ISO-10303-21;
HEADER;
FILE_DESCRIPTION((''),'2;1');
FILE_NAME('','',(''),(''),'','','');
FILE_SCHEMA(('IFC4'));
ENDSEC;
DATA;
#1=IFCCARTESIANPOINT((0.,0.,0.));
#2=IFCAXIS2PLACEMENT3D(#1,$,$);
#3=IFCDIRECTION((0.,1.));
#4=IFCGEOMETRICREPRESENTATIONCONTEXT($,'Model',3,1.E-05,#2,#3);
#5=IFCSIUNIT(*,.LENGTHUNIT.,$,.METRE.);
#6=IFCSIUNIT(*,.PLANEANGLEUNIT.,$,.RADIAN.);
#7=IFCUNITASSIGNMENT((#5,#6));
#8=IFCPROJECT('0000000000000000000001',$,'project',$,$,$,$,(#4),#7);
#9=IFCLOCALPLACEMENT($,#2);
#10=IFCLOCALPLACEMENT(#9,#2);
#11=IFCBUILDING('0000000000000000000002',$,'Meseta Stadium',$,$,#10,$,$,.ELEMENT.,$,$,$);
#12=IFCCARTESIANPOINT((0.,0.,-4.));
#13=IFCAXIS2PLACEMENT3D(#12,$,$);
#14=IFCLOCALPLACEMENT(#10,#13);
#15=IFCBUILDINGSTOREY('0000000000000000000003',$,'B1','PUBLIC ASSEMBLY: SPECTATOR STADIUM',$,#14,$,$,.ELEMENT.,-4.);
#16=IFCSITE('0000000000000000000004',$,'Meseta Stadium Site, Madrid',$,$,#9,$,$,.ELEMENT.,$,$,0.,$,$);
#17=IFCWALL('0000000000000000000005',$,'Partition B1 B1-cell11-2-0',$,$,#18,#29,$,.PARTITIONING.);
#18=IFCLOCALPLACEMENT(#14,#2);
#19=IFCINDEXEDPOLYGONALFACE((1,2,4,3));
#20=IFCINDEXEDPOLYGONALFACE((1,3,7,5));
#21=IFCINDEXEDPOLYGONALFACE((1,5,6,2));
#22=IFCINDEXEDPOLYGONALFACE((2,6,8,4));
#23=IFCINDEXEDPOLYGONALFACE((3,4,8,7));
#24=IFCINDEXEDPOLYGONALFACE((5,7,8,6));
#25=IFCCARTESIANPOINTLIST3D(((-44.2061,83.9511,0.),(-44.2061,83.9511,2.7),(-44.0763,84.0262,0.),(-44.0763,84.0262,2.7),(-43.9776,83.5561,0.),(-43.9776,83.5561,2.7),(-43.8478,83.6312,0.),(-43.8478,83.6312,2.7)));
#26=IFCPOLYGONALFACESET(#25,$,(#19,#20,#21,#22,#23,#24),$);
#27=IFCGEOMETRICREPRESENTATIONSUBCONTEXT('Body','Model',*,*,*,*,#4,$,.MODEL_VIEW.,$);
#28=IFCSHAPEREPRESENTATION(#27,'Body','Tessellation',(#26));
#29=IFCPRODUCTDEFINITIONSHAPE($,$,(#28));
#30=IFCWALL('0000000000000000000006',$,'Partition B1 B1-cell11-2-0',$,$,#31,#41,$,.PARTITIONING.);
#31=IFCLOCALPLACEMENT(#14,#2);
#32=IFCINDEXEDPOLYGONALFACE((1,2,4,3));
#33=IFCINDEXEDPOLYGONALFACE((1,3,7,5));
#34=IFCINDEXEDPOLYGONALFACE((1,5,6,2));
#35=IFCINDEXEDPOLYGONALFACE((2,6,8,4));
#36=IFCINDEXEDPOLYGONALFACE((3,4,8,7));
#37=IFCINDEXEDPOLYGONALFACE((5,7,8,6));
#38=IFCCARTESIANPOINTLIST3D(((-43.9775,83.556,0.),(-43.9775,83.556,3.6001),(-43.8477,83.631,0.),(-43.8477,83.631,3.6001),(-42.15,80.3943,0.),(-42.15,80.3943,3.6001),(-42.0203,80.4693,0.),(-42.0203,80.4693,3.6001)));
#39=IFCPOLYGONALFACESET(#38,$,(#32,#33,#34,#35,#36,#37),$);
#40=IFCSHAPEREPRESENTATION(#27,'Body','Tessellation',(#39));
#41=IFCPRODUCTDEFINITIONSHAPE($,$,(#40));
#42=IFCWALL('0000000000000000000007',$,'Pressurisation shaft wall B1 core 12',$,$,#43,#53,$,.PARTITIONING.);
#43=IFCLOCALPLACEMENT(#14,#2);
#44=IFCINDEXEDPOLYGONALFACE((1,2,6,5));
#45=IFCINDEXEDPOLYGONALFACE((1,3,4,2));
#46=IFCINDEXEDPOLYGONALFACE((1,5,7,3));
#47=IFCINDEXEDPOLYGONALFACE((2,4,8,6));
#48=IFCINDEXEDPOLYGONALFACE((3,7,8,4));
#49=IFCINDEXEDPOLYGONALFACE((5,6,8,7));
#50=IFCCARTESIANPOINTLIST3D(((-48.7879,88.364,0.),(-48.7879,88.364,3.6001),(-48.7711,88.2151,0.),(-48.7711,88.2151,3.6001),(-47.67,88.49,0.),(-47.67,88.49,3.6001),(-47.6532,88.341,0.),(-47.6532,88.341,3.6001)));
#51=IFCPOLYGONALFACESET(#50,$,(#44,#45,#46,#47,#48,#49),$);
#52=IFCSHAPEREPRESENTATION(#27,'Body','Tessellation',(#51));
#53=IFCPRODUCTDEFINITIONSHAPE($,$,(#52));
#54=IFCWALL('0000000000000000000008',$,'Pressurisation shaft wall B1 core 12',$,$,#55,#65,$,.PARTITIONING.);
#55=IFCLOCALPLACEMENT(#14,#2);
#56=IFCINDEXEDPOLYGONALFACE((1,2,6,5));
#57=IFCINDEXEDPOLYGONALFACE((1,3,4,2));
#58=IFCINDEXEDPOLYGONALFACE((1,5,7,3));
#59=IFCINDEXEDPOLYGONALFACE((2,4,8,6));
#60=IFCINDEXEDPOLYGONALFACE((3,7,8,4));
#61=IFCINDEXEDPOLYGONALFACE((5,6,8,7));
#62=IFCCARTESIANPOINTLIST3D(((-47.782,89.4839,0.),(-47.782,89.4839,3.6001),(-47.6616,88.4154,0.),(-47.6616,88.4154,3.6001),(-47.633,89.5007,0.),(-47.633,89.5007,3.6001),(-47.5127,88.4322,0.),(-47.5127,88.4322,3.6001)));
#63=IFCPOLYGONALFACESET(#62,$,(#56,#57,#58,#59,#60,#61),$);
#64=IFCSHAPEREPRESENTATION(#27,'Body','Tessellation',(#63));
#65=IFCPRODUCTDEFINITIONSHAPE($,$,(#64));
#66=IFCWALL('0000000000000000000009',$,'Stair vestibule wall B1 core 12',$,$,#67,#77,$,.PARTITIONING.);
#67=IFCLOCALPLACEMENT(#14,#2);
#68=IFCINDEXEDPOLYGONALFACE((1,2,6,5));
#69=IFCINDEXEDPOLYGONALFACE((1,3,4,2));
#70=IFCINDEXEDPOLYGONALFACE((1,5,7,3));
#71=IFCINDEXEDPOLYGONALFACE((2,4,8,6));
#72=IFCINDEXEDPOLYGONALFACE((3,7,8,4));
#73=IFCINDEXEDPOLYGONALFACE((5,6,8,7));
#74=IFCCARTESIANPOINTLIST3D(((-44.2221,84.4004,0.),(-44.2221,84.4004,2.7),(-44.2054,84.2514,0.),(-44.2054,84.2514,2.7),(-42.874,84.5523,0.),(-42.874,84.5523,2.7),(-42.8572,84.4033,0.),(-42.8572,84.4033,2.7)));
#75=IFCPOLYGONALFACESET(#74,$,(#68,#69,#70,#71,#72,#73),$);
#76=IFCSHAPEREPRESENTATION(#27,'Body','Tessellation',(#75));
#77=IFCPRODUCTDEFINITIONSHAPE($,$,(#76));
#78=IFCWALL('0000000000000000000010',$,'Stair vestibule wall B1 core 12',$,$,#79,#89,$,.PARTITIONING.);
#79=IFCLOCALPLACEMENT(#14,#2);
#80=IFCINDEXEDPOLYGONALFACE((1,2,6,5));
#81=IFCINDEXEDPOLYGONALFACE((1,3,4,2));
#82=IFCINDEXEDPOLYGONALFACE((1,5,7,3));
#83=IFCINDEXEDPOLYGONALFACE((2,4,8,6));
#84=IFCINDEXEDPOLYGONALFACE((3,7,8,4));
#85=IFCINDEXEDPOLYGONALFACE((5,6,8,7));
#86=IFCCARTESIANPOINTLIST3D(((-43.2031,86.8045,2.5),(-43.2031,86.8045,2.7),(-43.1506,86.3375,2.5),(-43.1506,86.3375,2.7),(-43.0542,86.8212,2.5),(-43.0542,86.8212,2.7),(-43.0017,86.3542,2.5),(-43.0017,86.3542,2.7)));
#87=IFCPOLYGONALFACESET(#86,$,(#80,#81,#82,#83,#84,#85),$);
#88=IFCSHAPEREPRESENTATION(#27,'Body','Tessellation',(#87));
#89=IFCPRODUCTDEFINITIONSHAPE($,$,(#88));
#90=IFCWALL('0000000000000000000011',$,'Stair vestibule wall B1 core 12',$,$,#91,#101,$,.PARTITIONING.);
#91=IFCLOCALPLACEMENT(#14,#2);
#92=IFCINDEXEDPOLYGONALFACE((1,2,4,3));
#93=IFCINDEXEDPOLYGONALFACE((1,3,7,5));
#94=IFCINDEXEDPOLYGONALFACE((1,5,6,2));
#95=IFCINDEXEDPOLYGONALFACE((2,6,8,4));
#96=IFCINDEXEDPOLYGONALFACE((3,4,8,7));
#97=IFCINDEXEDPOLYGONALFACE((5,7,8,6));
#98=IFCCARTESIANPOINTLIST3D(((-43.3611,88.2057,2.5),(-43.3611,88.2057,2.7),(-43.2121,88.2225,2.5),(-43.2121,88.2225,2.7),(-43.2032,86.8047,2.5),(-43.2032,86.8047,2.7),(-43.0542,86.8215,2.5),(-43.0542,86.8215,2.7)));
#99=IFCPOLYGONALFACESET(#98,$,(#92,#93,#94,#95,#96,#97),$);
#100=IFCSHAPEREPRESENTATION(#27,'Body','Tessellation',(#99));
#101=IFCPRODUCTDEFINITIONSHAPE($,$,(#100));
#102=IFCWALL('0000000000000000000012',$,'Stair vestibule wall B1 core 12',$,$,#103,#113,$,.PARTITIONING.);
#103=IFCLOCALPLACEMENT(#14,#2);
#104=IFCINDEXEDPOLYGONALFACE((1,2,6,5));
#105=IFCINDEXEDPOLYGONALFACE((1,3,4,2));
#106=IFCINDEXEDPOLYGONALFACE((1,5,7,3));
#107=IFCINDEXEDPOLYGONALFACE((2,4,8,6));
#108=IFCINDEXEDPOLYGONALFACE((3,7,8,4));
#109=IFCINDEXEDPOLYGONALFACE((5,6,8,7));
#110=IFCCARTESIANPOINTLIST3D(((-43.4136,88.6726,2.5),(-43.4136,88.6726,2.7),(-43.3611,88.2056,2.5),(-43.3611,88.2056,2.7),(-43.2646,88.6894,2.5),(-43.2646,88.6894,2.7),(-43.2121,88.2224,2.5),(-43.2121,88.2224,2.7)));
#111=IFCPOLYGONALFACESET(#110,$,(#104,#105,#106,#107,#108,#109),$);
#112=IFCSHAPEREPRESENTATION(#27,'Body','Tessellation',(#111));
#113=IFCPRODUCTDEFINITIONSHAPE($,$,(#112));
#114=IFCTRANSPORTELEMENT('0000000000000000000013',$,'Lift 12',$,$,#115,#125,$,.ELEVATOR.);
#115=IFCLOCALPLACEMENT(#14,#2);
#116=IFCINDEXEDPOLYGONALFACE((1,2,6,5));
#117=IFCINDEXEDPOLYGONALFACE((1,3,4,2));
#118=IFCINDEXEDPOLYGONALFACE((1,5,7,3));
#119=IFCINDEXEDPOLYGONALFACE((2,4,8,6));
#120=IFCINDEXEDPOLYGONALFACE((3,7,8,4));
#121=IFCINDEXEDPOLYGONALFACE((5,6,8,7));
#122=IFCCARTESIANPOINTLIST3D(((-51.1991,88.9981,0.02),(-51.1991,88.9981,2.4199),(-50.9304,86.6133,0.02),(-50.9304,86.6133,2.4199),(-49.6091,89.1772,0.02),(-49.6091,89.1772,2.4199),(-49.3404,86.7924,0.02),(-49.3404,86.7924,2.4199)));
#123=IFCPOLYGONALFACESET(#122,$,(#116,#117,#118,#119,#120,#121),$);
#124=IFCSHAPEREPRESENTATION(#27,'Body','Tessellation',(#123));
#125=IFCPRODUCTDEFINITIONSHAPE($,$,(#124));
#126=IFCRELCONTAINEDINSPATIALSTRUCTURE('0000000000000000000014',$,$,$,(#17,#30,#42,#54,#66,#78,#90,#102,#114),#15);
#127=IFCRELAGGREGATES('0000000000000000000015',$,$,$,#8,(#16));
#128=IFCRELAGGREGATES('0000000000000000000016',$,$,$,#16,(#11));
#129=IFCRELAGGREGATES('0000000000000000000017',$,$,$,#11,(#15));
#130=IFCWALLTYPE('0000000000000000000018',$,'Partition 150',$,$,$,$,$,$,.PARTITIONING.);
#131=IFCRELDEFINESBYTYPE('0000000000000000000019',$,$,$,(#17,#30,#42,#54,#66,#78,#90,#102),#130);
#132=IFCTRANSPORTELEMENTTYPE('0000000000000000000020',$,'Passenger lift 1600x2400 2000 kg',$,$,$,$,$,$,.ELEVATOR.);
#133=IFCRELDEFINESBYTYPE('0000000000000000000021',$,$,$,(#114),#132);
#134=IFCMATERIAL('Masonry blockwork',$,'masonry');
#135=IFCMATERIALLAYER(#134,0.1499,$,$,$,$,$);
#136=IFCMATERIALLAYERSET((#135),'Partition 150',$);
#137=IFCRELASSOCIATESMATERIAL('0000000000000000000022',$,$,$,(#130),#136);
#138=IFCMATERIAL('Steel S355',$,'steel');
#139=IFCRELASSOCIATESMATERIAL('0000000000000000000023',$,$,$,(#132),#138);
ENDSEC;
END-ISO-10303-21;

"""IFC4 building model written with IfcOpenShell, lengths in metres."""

from ifc_helpers import new_model, si_unit, direction, frame, frame_2d, origin, origin_2d, place, context, subcontext, project, spatial, rectangle, extrude, material, layer, layer_set, type_object, element, save


model = new_model("IFC4")

# Units and contexts
model_context = context("Model", 3, precision=1e-05, world=origin(), true_north=direction((0.0, 1.0)))
body_context = subcontext(model_context, "Body", "Model", "MODEL_VIEW")
ifc_project = project(units=[si_unit("LENGTHUNIT", "METRE"), si_unit("PLANEANGLEUNIT", "RADIAN")], contexts=[model_context])

# Site, building, storey
site_placement = place(None, origin())
site = spatial("IfcSite", under=ifc_project, at=site_placement, Name="Meseta Stadium Site, Madrid", CompositionType="ELEMENT", RefElevation=0.0)
building_placement = place(site_placement, origin())
building = spatial("IfcBuilding", under=site, at=building_placement, Name="Meseta Stadium", CompositionType="ELEMENT")
storey_placement = place(building_placement, frame((0.0, 0.0, -4.0)))
storey = spatial("IfcBuildingStorey", under=building, at=storey_placement, Name="B1", Description="PUBLIC ASSEMBLY: SPECTATOR STADIUM", CompositionType="ELEMENT", Elevation=-4.0)

# Walls
ifc_material_1 = material(Name="Masonry blockwork", Category="masonry")
ifc_layer_1 = layer(ifc_material_1, 0.1499)
ifc_layer_set_1 = layer_set([ifc_layer_1], Name="Partition 150")
wall_type_1 = type_object("IfcWallType", Name="Partition 150", PredefinedType="PARTITIONING", material=ifc_layer_set_1)
wall_1_placement = place(storey_placement, frame((-44.1411, 83.9885, 0.0), z_axis=(0.0, 0.0, 1.0), x_axis=(0.500741, -0.865597, 0.0)))
element("IfcWall", 1, at=wall_1_placement, inside=storey, type_object=wall_type_1, Name="Partition B1 B1-cell11-2-0", PredefinedType="PARTITIONING", context=body_context, shape_type="SweptSolid", body=[
    extrude(rectangle(XDim=0.4563, YDim=0.1499, at=frame_2d((0.228, 0.0))), origin(), (0.0, 0.0, 1.0), 2.7),
])
wall_2_placement = place(storey_placement, frame((-43.9126, 83.5935, 0.0), z_axis=(0.0, 0.0, 1.0), x_axis=(0.500417, -0.865785, 0.0)))
element("IfcWall", 2, at=wall_2_placement, inside=storey, type_object=wall_type_1, Name="Partition B1 B1-cell11-2-0", PredefinedType="PARTITIONING", context=body_context, shape_type="SweptSolid", body=[
    extrude(rectangle(XDim=3.6519, YDim=0.1499, at=frame_2d((1.8259, 0.0))), origin(), (0.0, 0.0, 1.0), 3.6001),
])
wall_3_placement = place(storey_placement, frame((-48.7795, 88.2896, 0.0), z_axis=(0.0, 0.0, 1.0), x_axis=(0.993711, 0.11198, 0.0)))
element("IfcWall", 3, at=wall_3_placement, inside=storey, type_object=wall_type_1, Name="Pressurisation shaft wall B1 core 12", PredefinedType="PARTITIONING", context=body_context, shape_type="SweptSolid", body=[
    extrude(rectangle(XDim=1.125, YDim=0.1499, at=frame_2d((0.5625, 0.0))), origin(), (0.0, 0.0, 1.0), 3.6001),
])
wall_4_placement = place(storey_placement, frame((-47.5872, 88.4238, 0.0), z_axis=(0.0, 0.0, 1.0), x_axis=(-0.111952, 0.993714, 0.0)))
element("IfcWall", 4, at=wall_4_placement, inside=storey, type_object=wall_type_1, Name="Pressurisation shaft wall B1 core 12", PredefinedType="PARTITIONING", context=body_context, shape_type="SweptSolid", body=[
    extrude(rectangle(XDim=1.0752, YDim=0.1499, at=frame_2d((0.5376, 0.0))), origin(), (0.0, 0.0, 1.0), 3.6001),
])
wall_5_placement = place(storey_placement, frame((-44.2136, 84.3259, 0.0), z_axis=(0.0, 0.0, 1.0), x_axis=(0.993716, 0.111932, 0.0)))
element("IfcWall", 5, at=wall_5_placement, inside=storey, type_object=wall_type_1, Name="Stair vestibule wall B1 core 12", PredefinedType="PARTITIONING", context=body_context, shape_type="SweptSolid", body=[
    extrude(rectangle(XDim=1.3567, YDim=0.1499, at=frame_2d((0.6782, 0.0))), origin(), (0.0, 0.0, 1.0), 2.7),
])
wall_6_placement = place(storey_placement, frame((-43.0762, 86.3459, 2.5), z_axis=(0.0, 0.0, 1.0), x_axis=(-0.111686, 0.993744, 0.0)))
element("IfcWall", 6, at=wall_6_placement, inside=storey, type_object=wall_type_1, Name="Stair vestibule wall B1 core 12", PredefinedType="PARTITIONING", context=body_context, shape_type="SweptSolid", body=[
    extrude(rectangle(XDim=0.47, YDim=0.1499, at=frame_2d((0.2349, 0.0))), origin(), (0.0, 0.0, 1.0), 0.2),
])
wall_7_placement = place(storey_placement, frame((-43.1287, 86.813, 2.5), z_axis=(0.0, 0.0, 1.0), x_axis=(-0.112028, 0.993705, 0.0)))
element("IfcWall", 7, at=wall_7_placement, inside=storey, type_object=wall_type_1, Name="Stair vestibule wall B1 core 12", PredefinedType="PARTITIONING", context=body_context, shape_type="SweptSolid", body=[
    extrude(rectangle(XDim=1.4099, YDim=0.1499, at=frame_2d((0.7051, 0.0))), origin(), (0.0, 0.0, 1.0), 0.2),
])
wall_8_placement = place(storey_placement, frame((-43.2866, 88.2141, 2.5), z_axis=(0.0, 0.0, 1.0), x_axis=(-0.111686, 0.993744, 0.0)))
element("IfcWall", 8, at=wall_8_placement, inside=storey, type_object=wall_type_1, Name="Stair vestibule wall B1 core 12", PredefinedType="PARTITIONING", context=body_context, shape_type="SweptSolid", body=[
    extrude(rectangle(XDim=0.47, YDim=0.1499, at=frame_2d((0.2349, 0.0))), origin(), (0.0, 0.0, 1.0), 0.2),
])

# Transport element
ifc_material_2 = material(Name="Steel S355", Category="steel")
transport_element_type = type_object("IfcTransportElementType", Name="Passenger lift 1600x2400 2000 kg", PredefinedType="ELEVATOR", material=ifc_material_2)
transport_element_placement = place(storey_placement, frame((-50.2698, 87.8953, 0.02), z_axis=(0.0, 0.0, 1.0), x_axis=(0.111965, -0.993712, 0.0)))
element("IfcTransportElement", 9, at=transport_element_placement, inside=storey, type_object=transport_element_type, Name="Lift 12", PredefinedType="ELEVATOR", context=body_context, shape_type="SweptSolid", body=[
    extrude(rectangle(XDim=2.3999, YDim=1.6001, at=origin_2d()), origin(), (0.0, 0.0, 1.0), 2.3999),
])

save(model, "model.ifc")
